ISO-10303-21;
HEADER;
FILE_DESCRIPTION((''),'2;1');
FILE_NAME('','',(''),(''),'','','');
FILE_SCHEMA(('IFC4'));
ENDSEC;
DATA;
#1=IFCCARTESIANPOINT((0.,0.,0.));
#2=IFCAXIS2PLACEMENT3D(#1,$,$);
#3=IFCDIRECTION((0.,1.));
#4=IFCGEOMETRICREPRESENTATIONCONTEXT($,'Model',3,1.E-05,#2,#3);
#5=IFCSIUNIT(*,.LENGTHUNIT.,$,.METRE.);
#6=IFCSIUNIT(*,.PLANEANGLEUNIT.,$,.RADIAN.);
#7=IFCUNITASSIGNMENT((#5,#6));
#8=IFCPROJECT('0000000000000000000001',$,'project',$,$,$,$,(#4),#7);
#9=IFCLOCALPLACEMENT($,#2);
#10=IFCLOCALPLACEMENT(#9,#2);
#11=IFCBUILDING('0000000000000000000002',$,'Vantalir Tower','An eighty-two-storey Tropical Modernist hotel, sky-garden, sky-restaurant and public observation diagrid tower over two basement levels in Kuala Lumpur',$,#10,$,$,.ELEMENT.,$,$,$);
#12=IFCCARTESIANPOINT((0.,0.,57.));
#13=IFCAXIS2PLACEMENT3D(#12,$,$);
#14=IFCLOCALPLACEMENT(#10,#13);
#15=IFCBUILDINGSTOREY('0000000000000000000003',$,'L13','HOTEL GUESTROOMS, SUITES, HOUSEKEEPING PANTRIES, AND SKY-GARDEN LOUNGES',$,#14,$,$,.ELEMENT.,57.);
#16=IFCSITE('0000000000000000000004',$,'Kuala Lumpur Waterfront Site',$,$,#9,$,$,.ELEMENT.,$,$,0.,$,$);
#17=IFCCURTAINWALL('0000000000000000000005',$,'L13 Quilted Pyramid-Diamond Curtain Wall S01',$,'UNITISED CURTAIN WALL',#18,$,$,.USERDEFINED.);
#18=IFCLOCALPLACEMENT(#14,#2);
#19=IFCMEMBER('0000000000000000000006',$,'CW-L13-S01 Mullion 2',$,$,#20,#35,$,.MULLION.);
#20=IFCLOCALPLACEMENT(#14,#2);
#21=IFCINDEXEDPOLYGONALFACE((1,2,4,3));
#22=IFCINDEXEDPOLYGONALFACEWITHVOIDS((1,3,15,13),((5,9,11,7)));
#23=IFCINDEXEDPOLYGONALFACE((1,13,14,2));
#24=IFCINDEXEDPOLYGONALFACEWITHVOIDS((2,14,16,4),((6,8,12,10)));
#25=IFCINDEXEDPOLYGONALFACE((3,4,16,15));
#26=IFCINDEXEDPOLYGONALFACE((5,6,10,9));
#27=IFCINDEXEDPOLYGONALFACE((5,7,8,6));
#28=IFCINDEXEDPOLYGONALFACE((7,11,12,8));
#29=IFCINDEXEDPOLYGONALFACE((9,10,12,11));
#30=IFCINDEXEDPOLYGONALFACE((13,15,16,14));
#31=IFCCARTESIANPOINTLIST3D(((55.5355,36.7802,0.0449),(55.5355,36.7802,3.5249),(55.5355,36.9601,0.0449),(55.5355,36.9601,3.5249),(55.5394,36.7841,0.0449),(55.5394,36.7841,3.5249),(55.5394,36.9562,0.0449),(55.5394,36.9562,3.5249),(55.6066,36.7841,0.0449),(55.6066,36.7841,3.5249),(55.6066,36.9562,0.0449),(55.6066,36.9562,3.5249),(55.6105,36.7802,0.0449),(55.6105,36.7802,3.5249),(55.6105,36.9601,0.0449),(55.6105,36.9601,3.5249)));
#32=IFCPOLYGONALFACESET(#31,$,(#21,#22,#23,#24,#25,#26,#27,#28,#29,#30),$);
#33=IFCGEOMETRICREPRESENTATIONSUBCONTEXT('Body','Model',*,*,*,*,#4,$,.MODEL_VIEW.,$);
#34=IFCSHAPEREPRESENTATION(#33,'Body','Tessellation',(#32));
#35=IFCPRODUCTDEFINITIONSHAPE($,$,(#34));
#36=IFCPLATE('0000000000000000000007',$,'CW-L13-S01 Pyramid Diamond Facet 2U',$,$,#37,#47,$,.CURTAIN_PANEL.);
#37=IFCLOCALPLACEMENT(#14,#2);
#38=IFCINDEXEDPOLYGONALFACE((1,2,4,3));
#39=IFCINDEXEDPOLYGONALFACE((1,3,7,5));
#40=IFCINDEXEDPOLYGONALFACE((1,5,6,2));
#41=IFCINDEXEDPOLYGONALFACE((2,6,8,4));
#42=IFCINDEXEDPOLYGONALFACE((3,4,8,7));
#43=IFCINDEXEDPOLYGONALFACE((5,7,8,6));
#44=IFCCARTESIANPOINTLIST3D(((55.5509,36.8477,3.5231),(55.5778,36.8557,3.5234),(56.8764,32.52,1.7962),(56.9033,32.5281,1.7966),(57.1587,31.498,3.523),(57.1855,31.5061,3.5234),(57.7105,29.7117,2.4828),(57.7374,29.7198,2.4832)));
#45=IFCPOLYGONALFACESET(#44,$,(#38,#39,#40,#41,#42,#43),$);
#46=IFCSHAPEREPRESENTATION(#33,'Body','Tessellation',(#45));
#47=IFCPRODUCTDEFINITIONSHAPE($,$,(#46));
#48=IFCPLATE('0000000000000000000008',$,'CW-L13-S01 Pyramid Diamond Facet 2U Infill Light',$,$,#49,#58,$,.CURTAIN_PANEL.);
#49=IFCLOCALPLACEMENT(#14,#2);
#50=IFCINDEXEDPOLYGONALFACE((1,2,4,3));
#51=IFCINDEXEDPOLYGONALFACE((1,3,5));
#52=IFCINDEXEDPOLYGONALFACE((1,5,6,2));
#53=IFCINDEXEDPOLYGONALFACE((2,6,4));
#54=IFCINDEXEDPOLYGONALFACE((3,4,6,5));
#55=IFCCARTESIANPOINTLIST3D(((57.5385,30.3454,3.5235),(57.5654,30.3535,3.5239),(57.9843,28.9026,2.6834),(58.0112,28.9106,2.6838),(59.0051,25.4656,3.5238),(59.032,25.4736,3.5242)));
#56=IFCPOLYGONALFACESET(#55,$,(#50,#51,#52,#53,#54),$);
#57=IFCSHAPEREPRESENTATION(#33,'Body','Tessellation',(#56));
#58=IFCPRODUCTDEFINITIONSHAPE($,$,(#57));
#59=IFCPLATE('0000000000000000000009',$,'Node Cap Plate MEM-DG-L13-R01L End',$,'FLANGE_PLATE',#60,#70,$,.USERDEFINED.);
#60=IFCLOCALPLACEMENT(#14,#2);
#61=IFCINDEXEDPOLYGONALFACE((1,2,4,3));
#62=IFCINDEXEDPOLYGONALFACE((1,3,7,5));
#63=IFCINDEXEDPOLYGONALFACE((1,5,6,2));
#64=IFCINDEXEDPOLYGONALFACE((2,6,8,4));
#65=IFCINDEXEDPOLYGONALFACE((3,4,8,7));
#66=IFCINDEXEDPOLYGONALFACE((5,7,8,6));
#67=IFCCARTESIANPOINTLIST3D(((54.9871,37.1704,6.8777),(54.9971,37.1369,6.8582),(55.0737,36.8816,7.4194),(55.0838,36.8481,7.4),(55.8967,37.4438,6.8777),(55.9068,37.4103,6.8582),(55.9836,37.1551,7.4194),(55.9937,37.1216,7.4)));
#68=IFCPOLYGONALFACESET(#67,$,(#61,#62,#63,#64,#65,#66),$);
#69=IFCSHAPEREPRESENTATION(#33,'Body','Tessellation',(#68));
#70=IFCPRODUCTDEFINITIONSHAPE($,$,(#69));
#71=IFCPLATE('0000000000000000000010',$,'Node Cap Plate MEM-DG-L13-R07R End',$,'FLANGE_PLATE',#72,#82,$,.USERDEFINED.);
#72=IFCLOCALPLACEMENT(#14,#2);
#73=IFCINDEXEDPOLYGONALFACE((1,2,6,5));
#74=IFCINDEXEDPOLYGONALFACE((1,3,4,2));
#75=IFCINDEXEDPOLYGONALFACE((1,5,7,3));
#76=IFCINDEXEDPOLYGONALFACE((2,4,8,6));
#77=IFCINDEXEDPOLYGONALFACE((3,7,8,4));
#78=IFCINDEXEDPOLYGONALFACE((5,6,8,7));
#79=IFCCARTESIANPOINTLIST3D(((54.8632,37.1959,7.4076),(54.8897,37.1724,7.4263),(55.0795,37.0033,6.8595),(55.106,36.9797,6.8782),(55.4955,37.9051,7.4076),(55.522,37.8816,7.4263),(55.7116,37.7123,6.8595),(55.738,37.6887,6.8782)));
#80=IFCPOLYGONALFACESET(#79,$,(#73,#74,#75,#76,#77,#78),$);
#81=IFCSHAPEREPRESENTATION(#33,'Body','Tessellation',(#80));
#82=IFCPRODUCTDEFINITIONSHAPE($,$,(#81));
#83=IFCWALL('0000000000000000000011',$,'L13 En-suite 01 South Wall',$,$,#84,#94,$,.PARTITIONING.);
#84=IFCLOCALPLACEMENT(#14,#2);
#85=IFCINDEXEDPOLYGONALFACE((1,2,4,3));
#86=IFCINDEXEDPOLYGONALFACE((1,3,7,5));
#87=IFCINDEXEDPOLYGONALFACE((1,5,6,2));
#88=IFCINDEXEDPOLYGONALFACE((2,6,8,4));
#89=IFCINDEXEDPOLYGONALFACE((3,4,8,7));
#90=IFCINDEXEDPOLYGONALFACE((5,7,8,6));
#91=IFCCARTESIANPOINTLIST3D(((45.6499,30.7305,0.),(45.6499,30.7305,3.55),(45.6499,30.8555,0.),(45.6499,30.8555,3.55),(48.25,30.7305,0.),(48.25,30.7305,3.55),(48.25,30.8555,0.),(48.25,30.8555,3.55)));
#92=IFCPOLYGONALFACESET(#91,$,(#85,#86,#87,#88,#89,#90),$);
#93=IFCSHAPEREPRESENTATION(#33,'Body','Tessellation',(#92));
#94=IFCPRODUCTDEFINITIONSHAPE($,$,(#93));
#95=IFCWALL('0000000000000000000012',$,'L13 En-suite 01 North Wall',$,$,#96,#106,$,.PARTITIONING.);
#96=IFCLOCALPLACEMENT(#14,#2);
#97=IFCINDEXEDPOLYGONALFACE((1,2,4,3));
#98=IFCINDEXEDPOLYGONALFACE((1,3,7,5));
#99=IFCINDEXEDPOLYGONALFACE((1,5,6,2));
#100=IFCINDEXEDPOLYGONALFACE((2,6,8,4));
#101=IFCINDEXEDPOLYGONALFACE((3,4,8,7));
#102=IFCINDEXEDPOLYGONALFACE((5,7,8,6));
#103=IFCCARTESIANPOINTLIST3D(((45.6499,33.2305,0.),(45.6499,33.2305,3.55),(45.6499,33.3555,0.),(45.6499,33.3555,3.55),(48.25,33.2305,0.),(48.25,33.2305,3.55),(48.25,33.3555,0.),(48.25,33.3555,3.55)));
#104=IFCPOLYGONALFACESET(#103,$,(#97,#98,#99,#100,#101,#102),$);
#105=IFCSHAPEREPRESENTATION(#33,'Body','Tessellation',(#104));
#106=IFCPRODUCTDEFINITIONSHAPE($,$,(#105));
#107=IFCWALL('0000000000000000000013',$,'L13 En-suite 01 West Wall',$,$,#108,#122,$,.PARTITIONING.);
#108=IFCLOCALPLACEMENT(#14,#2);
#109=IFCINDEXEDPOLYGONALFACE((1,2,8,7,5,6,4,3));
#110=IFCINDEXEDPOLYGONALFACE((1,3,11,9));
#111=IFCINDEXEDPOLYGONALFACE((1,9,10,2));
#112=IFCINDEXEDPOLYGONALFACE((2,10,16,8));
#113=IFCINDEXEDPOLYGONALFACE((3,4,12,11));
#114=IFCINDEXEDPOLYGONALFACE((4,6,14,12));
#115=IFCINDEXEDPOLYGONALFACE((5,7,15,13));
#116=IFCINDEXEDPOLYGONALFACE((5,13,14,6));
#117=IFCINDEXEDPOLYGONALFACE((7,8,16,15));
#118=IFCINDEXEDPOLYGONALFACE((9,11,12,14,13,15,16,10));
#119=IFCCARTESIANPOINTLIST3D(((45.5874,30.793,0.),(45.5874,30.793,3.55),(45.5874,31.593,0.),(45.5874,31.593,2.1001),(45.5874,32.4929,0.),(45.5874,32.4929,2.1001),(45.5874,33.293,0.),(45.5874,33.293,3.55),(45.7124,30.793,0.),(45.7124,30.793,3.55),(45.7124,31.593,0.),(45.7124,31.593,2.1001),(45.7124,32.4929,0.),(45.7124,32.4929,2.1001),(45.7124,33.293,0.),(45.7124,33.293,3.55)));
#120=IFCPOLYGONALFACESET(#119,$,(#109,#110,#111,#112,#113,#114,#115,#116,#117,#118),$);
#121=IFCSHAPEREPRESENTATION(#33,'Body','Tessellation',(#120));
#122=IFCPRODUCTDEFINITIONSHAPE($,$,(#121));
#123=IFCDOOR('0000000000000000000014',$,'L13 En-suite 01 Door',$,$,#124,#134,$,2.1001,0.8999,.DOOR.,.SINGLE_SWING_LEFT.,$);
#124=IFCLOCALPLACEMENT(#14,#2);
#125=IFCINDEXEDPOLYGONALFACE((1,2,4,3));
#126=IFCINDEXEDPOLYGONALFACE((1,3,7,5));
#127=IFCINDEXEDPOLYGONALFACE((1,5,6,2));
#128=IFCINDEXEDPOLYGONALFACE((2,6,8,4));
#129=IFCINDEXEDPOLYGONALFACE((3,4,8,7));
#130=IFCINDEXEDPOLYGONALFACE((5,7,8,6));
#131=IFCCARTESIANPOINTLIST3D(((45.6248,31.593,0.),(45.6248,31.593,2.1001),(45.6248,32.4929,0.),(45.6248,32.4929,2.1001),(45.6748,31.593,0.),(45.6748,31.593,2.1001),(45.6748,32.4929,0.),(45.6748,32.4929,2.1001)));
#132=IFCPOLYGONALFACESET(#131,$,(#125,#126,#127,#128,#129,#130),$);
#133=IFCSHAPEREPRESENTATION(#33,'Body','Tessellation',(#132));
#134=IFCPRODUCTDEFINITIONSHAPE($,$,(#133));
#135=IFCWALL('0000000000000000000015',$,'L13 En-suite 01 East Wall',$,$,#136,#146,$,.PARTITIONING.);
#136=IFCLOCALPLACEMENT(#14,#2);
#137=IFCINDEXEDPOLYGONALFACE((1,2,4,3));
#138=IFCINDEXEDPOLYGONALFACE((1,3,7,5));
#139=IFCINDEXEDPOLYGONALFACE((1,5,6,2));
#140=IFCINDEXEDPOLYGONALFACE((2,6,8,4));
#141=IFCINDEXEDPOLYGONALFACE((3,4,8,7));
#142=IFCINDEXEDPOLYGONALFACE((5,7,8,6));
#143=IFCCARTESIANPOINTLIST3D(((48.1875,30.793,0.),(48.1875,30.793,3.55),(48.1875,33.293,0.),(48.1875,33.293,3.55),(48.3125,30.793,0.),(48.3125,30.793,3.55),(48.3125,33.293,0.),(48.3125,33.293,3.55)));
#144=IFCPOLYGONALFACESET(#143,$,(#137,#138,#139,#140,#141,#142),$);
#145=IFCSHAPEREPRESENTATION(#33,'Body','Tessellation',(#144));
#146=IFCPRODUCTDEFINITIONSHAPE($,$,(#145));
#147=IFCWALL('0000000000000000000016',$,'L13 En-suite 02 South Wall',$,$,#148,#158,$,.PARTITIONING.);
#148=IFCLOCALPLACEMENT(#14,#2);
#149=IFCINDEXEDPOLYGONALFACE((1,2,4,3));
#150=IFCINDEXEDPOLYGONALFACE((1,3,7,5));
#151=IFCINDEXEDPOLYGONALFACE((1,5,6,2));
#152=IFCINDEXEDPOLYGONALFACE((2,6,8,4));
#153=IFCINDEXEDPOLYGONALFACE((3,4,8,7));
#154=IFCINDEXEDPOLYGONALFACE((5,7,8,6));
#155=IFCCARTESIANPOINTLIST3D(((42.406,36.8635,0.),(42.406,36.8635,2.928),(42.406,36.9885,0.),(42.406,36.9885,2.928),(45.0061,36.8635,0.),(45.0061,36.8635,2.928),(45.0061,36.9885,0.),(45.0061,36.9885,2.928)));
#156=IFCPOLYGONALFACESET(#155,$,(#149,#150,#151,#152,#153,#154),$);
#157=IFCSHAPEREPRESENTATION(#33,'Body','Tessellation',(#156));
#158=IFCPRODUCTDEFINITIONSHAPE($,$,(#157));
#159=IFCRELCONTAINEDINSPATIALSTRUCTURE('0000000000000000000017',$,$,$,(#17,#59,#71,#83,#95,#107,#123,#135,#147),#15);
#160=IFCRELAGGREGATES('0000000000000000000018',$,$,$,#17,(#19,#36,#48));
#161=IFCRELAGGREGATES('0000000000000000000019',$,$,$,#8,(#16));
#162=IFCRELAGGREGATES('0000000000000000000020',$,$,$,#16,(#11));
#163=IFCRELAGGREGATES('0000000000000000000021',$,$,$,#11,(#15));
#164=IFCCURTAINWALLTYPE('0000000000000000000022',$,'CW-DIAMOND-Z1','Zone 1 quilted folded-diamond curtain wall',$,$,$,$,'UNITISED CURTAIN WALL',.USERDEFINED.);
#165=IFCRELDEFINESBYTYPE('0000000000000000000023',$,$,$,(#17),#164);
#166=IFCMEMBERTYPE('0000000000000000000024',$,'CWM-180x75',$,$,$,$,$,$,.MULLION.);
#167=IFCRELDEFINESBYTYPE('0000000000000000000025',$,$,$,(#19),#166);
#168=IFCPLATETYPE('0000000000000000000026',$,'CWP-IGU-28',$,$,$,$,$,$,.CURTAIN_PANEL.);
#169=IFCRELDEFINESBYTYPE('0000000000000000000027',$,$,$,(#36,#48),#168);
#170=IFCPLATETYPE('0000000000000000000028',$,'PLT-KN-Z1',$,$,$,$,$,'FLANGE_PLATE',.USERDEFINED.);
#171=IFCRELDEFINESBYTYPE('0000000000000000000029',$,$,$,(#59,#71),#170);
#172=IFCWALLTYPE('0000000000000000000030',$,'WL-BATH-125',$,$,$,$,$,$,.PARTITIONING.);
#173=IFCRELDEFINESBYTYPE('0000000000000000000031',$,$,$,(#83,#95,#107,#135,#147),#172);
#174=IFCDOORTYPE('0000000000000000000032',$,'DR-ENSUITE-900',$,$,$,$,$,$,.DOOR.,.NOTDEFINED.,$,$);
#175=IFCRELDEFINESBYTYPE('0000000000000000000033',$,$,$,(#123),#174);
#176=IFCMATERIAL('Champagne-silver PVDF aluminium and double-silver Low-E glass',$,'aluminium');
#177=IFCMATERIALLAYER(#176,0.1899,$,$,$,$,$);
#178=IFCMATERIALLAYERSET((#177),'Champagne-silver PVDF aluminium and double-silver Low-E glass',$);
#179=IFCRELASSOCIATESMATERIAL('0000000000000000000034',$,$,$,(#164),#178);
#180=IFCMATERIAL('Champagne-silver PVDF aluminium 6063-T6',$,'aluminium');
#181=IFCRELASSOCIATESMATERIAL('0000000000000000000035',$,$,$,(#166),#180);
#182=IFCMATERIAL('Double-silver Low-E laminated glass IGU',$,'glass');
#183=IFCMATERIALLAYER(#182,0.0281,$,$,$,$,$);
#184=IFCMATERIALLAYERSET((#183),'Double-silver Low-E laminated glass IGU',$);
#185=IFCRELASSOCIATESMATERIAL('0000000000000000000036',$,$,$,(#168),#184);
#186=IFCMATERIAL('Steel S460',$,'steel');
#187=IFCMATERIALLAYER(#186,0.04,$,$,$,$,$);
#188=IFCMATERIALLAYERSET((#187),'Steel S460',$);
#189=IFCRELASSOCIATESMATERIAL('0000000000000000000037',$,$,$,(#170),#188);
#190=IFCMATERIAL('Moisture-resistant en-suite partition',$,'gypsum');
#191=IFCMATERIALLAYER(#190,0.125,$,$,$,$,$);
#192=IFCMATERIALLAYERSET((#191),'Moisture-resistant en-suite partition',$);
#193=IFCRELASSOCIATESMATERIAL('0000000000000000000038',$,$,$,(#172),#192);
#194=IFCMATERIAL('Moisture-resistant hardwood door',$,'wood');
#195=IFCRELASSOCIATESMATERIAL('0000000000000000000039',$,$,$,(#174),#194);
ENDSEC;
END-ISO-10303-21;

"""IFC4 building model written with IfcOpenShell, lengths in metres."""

from ifc_helpers import new_model, si_unit, direction, frame, frame_2d, origin, origin_2d, place, context, subcontext, project, spatial, polyline, rectangle, hollow_rectangle, outline, extrude, material, layer, layer_set, material_profile, profile_set, type_object, element, fill, aggregate, save


model = new_model("IFC4")

# Units and contexts
model_context = context("Model", 3, precision=1e-05, world=origin(), true_north=direction((0.0, 1.0)))
body_context = subcontext(model_context, "Body", "Model", "MODEL_VIEW")
ifc_project = project(units=[si_unit("LENGTHUNIT", "METRE"), si_unit("PLANEANGLEUNIT", "RADIAN")], contexts=[model_context])

# Site, building, storey
site_placement = place(None, origin())
site = spatial("IfcSite", under=ifc_project, at=site_placement, Name="Kuala Lumpur Waterfront Site", CompositionType="ELEMENT", RefElevation=0.0)
building_placement = place(site_placement, origin())
building = spatial("IfcBuilding", under=site, at=building_placement, Name="Vantalir Tower", Description="An eighty-two-storey Tropical Modernist hotel, sky-garden, sky-restaurant and public observation diagrid tower over two basement levels in Kuala Lumpur", CompositionType="ELEMENT")
storey_placement = place(building_placement, frame((0.0, 0.0, 57.0)))
storey = spatial("IfcBuildingStorey", under=building, at=storey_placement, Name="L13", Description="HOTEL GUESTROOMS, SUITES, HOUSEKEEPING PANTRIES, AND SKY-GARDEN LOUNGES", CompositionType="ELEMENT", Elevation=57.0)

# Shared definitions
ifc_material_1 = material(Name="Steel S460", Category="steel")

# Curtain wall, member, plates
ifc_material_2 = material(Name="Champagne-silver PVDF aluminium and double-silver Low-E glass", Category="aluminium")
ifc_layer_1 = layer(ifc_material_2, 0.1899)
ifc_layer_set_1 = layer_set([ifc_layer_1], Name="Champagne-silver PVDF aluminium and double-silver Low-E glass")
curtain_wall_type = type_object("IfcCurtainWallType", Name="CW-DIAMOND-Z1", Description="Zone 1 quilted folded-diamond curtain wall", ElementType="UNITISED CURTAIN WALL", PredefinedType="USERDEFINED", material=ifc_layer_set_1)
curtain_wall_placement = place(storey_placement, origin())
curtain_wall = element("IfcCurtainWall", 1, at=curtain_wall_placement, inside=storey, type_object=curtain_wall_type, Name="L13 Quilted Pyramid-Diamond Curtain Wall S01", ObjectType="UNITISED CURTAIN WALL", PredefinedType="USERDEFINED")
ifc_material_3 = material(Name="Champagne-silver PVDF aluminium 6063-T6", Category="aluminium")
ifc_material_profile_1 = material_profile(ifc_material_3, hollow_rectangle(XDim=0.075, YDim=0.1799, WallThickness=0.0039, at=origin_2d()), Name="Champagne-silver PVDF aluminium 6063-T6")
ifc_profile_set_1 = profile_set([ifc_material_profile_1], Name="Champagne-silver PVDF aluminium 6063-T6")
member_type = type_object("IfcMemberType", Name="CWM-180x75", PredefinedType="MULLION", material=ifc_profile_set_1)
member_placement = place(storey_placement, frame((55.573, 36.8701, 0.0449), z_axis=(0.0, 0.0, 1.0), x_axis=(1.0, 0.0, 0.0)))
member = element("IfcMember", 2, at=member_placement, type_object=member_type, Name="CW-L13-S01 Mullion 2", PredefinedType="MULLION", context=body_context, shape_type="SweptSolid", body=[
    extrude(hollow_rectangle(XDim=0.075, YDim=0.1799, WallThickness=0.0039, at=origin_2d()), origin(), (0.0, 0.0, 1.0), 3.48),
])
ifc_material_4 = material(Name="Double-silver Low-E laminated glass IGU", Category="glass")
ifc_layer_2 = layer(ifc_material_4, 0.0281)
ifc_layer_set_2 = layer_set([ifc_layer_2], Name="Double-silver Low-E laminated glass IGU")
plate_type_1 = type_object("IfcPlateType", Name="CWP-IGU-28", PredefinedType="CURTAIN_PANEL", material=ifc_layer_set_2)
plate_1_placement = place(storey_placement, frame((57.1855, 31.5061, 3.5234), z_axis=(0.957592, 0.287796, 0.013818), x_axis=(-0.287823, 0.957684, 0.0)))
plate_1 = element("IfcPlate", 3, at=plate_1_placement, type_object=plate_type_1, Name="CW-L13-S01 Pyramid Diamond Facet 2U", PredefinedType="CURTAIN_PANEL", context=body_context, shape_type="SweptSolid", body=[
    extrude(outline(polyline([(0.0, 0.0), (5.586, 0.0), (1.06, -1.727), (-1.8696, -1.0404), (0.0, 0.0)])), origin(), (0.0, 0.0, -1.0), 0.0281),
])
plate_2_placement = place(storey_placement, frame((59.032, 25.4736, 3.5242), z_axis=(0.957594, 0.287787, 0.013876), x_axis=(-0.287814, 0.957686, -0.000048)))
plate_2 = element("IfcPlate", 4, at=plate_2_placement, type_object=plate_type_1, Name="CW-L13-S01 Pyramid Diamond Facet 2U Infill Light", PredefinedType="CURTAIN_PANEL", context=body_context, shape_type="SweptSolid", body=[
    extrude(outline(polyline([(0.0, 0.0), (5.0955, 0.0), (3.5854, -0.8402), (0.0, 0.0)])), origin(), (0.0, 0.0, -1.0), 0.0281),
])
aggregate(curtain_wall, [member, plate_1, plate_2])

# Plates
ifc_layer_3 = layer(ifc_material_1, 0.04)
ifc_layer_set_3 = layer_set([ifc_layer_3], Name="Steel S460")
plate_type_2 = type_object("IfcPlateType", Name="PLT-KN-Z1", ElementType="FLANGE_PLATE", PredefinedType="USERDEFINED", material=ifc_layer_set_3)
plate_3_placement = place(storey_placement, frame((55.8967, 37.4438, 6.8777), z_axis=(-0.25149, 0.836766, 0.48639), x_axis=(-0.957679, -0.28784, 0.000016)))
element("IfcPlate", 5, at=plate_3_placement, inside=storey, type_object=plate_type_2, Name="Node Cap Plate MEM-DG-L13-R01L End", ObjectType="FLANGE_PLATE", PredefinedType="USERDEFINED", context=body_context, shape_type="SweptSolid", body=[
    extrude(outline(polyline([(0.0, 0.0), (0.9499, 0.0), (0.95, 0.62), (-0.0001, 0.62), (0.0, 0.0)])), origin(), (0.0, 0.0, -1.0), 0.04),
])
plate_4_placement = place(storey_placement, frame((55.106, 36.9797, 6.8782), z_axis=(0.659945, -0.588372, 0.467216), x_axis=(0.66547, 0.746425, 0.000004)))
element("IfcPlate", 6, at=plate_4_placement, inside=storey, type_object=plate_type_2, Name="Node Cap Plate MEM-DG-L13-R07R End", ObjectType="FLANGE_PLATE", PredefinedType="USERDEFINED", context=body_context, shape_type="SweptSolid", body=[
    extrude(outline(polyline([(0.0, 0.0), (0.9498, 0.0), (0.95, 0.6199), (-0.0002, 0.6199), (0.0, 0.0)])), origin(), (0.0, 0.0, -1.0), 0.04),
])

# Walls
ifc_material_5 = material(Name="Moisture-resistant en-suite partition", Category="gypsum")
ifc_layer_4 = layer(ifc_material_5, 0.125)
ifc_layer_set_4 = layer_set([ifc_layer_4], Name="Moisture-resistant en-suite partition")
wall_type_1 = type_object("IfcWallType", Name="WL-BATH-125", PredefinedType="PARTITIONING", material=ifc_layer_set_4)
for number, where, z_axis, x_axis, name in (
    (7, (45.6499, 30.793, 0.0), (0.0, 0.0, 1.0), (1.0, 0.0, 0.0), "L13 En-suite 01 South Wall"),
    (8, (45.6499, 33.293, 0.0), (0.0, 0.0, 1.0), (1.0, 0.0, 0.0), "L13 En-suite 01 North Wall"),
):
    element("IfcWall", number, at=place(storey_placement, frame(where, z_axis=z_axis, x_axis=x_axis)), inside=storey, type_object=wall_type_1, Name=name, PredefinedType="PARTITIONING", context=body_context, shape_type="SweptSolid", body=[
        extrude(rectangle(XDim=2.6001, YDim=0.125, at=frame_2d((1.3, 0.0))), origin(), (0.0, 0.0, 1.0), 3.55),
    ])

# Wall, opening, door
wall_1_placement = place(storey_placement, frame((45.6499, 30.793, 0.0), z_axis=(0.0, 0.0, 1.0), x_axis=(0.0, 1.0, 0.0)))
wall_1 = element("IfcWall", 9, at=wall_1_placement, inside=storey, type_object=wall_type_1, Name="L13 En-suite 01 West Wall", PredefinedType="PARTITIONING", context=body_context, shape_type="SweptSolid", body=[
    extrude(rectangle(XDim=2.5, YDim=0.125, at=frame_2d((1.25, 0.0))), origin(), (0.0, 0.0, 1.0), 3.55),
])
opening_1_placement = place(wall_1_placement, frame((0.8, 0.0, 0.0)))
opening_1 = element("IfcOpeningElement", 10, at=opening_1_placement, cuts=wall_1, PredefinedType="OPENING", context=body_context, shape_type="SweptSolid", body=[
    extrude(rectangle(XDim=0.8999, YDim=2.1001, at=frame_2d((0.45, 1.05))), frame((0.0, 0.0725, 0.0), z_axis=(0.0, -1.0, 0.0), x_axis=(1.0, 0.0, 0.0)), (0.0, 0.0, 1.0), 0.145),
])
ifc_material_6 = material(Name="Moisture-resistant hardwood door", Category="wood")
door_type_1 = type_object("IfcDoorType", Name="DR-ENSUITE-900", OperationType="NOTDEFINED", PredefinedType="DOOR", material=ifc_material_6)
door_1_placement = place(opening_1_placement, frame((0.8999, 0.0, 0.0), z_axis=(0.0, 0.0, 1.0), x_axis=(-1.0, 0.0, 0.0)))
door_1 = element("IfcDoor", 11, at=door_1_placement, inside=storey, type_object=door_type_1, Name="L13 En-suite 01 Door", OperationType="SINGLE_SWING_LEFT", OverallHeight=2.1001, OverallWidth=0.8999, PredefinedType="DOOR", context=body_context, shape_type="SweptSolid", body=[
    extrude(rectangle(XDim=0.8999, YDim=2.1001, at=frame_2d((0.45, 1.05))), frame((0.0, 0.0249, 0.0), z_axis=(0.0, -1.0, 0.0), x_axis=(1.0, 0.0, 0.0)), (0.0, 0.0, 1.0), 0.05),
])
fill(opening_1, door_1)

# Walls
wall_2_placement = place(storey_placement, frame((48.25, 30.793, 0.0), z_axis=(0.0, 0.0, 1.0), x_axis=(0.0, 1.0, 0.0)))
element("IfcWall", 12, at=wall_2_placement, inside=storey, type_object=wall_type_1, Name="L13 En-suite 01 East Wall", PredefinedType="PARTITIONING", context=body_context, shape_type="SweptSolid", body=[
    extrude(rectangle(XDim=2.5, YDim=0.125, at=frame_2d((1.25, 0.0))), origin(), (0.0, 0.0, 1.0), 3.55),
])
wall_3_placement = place(storey_placement, frame((42.406, 36.926, 0.0), z_axis=(0.0, 0.0, 1.0), x_axis=(1.0, 0.0, 0.0)))
element("IfcWall", 13, at=wall_3_placement, inside=storey, type_object=wall_type_1, Name="L13 En-suite 02 South Wall", PredefinedType="PARTITIONING", context=body_context, shape_type="SweptSolid", body=[
    extrude(rectangle(XDim=2.6001, YDim=0.125, at=frame_2d((1.3, 0.0))), origin(), (0.0, 0.0, 1.0), 2.928),
])

save(model, "model.ifc")
